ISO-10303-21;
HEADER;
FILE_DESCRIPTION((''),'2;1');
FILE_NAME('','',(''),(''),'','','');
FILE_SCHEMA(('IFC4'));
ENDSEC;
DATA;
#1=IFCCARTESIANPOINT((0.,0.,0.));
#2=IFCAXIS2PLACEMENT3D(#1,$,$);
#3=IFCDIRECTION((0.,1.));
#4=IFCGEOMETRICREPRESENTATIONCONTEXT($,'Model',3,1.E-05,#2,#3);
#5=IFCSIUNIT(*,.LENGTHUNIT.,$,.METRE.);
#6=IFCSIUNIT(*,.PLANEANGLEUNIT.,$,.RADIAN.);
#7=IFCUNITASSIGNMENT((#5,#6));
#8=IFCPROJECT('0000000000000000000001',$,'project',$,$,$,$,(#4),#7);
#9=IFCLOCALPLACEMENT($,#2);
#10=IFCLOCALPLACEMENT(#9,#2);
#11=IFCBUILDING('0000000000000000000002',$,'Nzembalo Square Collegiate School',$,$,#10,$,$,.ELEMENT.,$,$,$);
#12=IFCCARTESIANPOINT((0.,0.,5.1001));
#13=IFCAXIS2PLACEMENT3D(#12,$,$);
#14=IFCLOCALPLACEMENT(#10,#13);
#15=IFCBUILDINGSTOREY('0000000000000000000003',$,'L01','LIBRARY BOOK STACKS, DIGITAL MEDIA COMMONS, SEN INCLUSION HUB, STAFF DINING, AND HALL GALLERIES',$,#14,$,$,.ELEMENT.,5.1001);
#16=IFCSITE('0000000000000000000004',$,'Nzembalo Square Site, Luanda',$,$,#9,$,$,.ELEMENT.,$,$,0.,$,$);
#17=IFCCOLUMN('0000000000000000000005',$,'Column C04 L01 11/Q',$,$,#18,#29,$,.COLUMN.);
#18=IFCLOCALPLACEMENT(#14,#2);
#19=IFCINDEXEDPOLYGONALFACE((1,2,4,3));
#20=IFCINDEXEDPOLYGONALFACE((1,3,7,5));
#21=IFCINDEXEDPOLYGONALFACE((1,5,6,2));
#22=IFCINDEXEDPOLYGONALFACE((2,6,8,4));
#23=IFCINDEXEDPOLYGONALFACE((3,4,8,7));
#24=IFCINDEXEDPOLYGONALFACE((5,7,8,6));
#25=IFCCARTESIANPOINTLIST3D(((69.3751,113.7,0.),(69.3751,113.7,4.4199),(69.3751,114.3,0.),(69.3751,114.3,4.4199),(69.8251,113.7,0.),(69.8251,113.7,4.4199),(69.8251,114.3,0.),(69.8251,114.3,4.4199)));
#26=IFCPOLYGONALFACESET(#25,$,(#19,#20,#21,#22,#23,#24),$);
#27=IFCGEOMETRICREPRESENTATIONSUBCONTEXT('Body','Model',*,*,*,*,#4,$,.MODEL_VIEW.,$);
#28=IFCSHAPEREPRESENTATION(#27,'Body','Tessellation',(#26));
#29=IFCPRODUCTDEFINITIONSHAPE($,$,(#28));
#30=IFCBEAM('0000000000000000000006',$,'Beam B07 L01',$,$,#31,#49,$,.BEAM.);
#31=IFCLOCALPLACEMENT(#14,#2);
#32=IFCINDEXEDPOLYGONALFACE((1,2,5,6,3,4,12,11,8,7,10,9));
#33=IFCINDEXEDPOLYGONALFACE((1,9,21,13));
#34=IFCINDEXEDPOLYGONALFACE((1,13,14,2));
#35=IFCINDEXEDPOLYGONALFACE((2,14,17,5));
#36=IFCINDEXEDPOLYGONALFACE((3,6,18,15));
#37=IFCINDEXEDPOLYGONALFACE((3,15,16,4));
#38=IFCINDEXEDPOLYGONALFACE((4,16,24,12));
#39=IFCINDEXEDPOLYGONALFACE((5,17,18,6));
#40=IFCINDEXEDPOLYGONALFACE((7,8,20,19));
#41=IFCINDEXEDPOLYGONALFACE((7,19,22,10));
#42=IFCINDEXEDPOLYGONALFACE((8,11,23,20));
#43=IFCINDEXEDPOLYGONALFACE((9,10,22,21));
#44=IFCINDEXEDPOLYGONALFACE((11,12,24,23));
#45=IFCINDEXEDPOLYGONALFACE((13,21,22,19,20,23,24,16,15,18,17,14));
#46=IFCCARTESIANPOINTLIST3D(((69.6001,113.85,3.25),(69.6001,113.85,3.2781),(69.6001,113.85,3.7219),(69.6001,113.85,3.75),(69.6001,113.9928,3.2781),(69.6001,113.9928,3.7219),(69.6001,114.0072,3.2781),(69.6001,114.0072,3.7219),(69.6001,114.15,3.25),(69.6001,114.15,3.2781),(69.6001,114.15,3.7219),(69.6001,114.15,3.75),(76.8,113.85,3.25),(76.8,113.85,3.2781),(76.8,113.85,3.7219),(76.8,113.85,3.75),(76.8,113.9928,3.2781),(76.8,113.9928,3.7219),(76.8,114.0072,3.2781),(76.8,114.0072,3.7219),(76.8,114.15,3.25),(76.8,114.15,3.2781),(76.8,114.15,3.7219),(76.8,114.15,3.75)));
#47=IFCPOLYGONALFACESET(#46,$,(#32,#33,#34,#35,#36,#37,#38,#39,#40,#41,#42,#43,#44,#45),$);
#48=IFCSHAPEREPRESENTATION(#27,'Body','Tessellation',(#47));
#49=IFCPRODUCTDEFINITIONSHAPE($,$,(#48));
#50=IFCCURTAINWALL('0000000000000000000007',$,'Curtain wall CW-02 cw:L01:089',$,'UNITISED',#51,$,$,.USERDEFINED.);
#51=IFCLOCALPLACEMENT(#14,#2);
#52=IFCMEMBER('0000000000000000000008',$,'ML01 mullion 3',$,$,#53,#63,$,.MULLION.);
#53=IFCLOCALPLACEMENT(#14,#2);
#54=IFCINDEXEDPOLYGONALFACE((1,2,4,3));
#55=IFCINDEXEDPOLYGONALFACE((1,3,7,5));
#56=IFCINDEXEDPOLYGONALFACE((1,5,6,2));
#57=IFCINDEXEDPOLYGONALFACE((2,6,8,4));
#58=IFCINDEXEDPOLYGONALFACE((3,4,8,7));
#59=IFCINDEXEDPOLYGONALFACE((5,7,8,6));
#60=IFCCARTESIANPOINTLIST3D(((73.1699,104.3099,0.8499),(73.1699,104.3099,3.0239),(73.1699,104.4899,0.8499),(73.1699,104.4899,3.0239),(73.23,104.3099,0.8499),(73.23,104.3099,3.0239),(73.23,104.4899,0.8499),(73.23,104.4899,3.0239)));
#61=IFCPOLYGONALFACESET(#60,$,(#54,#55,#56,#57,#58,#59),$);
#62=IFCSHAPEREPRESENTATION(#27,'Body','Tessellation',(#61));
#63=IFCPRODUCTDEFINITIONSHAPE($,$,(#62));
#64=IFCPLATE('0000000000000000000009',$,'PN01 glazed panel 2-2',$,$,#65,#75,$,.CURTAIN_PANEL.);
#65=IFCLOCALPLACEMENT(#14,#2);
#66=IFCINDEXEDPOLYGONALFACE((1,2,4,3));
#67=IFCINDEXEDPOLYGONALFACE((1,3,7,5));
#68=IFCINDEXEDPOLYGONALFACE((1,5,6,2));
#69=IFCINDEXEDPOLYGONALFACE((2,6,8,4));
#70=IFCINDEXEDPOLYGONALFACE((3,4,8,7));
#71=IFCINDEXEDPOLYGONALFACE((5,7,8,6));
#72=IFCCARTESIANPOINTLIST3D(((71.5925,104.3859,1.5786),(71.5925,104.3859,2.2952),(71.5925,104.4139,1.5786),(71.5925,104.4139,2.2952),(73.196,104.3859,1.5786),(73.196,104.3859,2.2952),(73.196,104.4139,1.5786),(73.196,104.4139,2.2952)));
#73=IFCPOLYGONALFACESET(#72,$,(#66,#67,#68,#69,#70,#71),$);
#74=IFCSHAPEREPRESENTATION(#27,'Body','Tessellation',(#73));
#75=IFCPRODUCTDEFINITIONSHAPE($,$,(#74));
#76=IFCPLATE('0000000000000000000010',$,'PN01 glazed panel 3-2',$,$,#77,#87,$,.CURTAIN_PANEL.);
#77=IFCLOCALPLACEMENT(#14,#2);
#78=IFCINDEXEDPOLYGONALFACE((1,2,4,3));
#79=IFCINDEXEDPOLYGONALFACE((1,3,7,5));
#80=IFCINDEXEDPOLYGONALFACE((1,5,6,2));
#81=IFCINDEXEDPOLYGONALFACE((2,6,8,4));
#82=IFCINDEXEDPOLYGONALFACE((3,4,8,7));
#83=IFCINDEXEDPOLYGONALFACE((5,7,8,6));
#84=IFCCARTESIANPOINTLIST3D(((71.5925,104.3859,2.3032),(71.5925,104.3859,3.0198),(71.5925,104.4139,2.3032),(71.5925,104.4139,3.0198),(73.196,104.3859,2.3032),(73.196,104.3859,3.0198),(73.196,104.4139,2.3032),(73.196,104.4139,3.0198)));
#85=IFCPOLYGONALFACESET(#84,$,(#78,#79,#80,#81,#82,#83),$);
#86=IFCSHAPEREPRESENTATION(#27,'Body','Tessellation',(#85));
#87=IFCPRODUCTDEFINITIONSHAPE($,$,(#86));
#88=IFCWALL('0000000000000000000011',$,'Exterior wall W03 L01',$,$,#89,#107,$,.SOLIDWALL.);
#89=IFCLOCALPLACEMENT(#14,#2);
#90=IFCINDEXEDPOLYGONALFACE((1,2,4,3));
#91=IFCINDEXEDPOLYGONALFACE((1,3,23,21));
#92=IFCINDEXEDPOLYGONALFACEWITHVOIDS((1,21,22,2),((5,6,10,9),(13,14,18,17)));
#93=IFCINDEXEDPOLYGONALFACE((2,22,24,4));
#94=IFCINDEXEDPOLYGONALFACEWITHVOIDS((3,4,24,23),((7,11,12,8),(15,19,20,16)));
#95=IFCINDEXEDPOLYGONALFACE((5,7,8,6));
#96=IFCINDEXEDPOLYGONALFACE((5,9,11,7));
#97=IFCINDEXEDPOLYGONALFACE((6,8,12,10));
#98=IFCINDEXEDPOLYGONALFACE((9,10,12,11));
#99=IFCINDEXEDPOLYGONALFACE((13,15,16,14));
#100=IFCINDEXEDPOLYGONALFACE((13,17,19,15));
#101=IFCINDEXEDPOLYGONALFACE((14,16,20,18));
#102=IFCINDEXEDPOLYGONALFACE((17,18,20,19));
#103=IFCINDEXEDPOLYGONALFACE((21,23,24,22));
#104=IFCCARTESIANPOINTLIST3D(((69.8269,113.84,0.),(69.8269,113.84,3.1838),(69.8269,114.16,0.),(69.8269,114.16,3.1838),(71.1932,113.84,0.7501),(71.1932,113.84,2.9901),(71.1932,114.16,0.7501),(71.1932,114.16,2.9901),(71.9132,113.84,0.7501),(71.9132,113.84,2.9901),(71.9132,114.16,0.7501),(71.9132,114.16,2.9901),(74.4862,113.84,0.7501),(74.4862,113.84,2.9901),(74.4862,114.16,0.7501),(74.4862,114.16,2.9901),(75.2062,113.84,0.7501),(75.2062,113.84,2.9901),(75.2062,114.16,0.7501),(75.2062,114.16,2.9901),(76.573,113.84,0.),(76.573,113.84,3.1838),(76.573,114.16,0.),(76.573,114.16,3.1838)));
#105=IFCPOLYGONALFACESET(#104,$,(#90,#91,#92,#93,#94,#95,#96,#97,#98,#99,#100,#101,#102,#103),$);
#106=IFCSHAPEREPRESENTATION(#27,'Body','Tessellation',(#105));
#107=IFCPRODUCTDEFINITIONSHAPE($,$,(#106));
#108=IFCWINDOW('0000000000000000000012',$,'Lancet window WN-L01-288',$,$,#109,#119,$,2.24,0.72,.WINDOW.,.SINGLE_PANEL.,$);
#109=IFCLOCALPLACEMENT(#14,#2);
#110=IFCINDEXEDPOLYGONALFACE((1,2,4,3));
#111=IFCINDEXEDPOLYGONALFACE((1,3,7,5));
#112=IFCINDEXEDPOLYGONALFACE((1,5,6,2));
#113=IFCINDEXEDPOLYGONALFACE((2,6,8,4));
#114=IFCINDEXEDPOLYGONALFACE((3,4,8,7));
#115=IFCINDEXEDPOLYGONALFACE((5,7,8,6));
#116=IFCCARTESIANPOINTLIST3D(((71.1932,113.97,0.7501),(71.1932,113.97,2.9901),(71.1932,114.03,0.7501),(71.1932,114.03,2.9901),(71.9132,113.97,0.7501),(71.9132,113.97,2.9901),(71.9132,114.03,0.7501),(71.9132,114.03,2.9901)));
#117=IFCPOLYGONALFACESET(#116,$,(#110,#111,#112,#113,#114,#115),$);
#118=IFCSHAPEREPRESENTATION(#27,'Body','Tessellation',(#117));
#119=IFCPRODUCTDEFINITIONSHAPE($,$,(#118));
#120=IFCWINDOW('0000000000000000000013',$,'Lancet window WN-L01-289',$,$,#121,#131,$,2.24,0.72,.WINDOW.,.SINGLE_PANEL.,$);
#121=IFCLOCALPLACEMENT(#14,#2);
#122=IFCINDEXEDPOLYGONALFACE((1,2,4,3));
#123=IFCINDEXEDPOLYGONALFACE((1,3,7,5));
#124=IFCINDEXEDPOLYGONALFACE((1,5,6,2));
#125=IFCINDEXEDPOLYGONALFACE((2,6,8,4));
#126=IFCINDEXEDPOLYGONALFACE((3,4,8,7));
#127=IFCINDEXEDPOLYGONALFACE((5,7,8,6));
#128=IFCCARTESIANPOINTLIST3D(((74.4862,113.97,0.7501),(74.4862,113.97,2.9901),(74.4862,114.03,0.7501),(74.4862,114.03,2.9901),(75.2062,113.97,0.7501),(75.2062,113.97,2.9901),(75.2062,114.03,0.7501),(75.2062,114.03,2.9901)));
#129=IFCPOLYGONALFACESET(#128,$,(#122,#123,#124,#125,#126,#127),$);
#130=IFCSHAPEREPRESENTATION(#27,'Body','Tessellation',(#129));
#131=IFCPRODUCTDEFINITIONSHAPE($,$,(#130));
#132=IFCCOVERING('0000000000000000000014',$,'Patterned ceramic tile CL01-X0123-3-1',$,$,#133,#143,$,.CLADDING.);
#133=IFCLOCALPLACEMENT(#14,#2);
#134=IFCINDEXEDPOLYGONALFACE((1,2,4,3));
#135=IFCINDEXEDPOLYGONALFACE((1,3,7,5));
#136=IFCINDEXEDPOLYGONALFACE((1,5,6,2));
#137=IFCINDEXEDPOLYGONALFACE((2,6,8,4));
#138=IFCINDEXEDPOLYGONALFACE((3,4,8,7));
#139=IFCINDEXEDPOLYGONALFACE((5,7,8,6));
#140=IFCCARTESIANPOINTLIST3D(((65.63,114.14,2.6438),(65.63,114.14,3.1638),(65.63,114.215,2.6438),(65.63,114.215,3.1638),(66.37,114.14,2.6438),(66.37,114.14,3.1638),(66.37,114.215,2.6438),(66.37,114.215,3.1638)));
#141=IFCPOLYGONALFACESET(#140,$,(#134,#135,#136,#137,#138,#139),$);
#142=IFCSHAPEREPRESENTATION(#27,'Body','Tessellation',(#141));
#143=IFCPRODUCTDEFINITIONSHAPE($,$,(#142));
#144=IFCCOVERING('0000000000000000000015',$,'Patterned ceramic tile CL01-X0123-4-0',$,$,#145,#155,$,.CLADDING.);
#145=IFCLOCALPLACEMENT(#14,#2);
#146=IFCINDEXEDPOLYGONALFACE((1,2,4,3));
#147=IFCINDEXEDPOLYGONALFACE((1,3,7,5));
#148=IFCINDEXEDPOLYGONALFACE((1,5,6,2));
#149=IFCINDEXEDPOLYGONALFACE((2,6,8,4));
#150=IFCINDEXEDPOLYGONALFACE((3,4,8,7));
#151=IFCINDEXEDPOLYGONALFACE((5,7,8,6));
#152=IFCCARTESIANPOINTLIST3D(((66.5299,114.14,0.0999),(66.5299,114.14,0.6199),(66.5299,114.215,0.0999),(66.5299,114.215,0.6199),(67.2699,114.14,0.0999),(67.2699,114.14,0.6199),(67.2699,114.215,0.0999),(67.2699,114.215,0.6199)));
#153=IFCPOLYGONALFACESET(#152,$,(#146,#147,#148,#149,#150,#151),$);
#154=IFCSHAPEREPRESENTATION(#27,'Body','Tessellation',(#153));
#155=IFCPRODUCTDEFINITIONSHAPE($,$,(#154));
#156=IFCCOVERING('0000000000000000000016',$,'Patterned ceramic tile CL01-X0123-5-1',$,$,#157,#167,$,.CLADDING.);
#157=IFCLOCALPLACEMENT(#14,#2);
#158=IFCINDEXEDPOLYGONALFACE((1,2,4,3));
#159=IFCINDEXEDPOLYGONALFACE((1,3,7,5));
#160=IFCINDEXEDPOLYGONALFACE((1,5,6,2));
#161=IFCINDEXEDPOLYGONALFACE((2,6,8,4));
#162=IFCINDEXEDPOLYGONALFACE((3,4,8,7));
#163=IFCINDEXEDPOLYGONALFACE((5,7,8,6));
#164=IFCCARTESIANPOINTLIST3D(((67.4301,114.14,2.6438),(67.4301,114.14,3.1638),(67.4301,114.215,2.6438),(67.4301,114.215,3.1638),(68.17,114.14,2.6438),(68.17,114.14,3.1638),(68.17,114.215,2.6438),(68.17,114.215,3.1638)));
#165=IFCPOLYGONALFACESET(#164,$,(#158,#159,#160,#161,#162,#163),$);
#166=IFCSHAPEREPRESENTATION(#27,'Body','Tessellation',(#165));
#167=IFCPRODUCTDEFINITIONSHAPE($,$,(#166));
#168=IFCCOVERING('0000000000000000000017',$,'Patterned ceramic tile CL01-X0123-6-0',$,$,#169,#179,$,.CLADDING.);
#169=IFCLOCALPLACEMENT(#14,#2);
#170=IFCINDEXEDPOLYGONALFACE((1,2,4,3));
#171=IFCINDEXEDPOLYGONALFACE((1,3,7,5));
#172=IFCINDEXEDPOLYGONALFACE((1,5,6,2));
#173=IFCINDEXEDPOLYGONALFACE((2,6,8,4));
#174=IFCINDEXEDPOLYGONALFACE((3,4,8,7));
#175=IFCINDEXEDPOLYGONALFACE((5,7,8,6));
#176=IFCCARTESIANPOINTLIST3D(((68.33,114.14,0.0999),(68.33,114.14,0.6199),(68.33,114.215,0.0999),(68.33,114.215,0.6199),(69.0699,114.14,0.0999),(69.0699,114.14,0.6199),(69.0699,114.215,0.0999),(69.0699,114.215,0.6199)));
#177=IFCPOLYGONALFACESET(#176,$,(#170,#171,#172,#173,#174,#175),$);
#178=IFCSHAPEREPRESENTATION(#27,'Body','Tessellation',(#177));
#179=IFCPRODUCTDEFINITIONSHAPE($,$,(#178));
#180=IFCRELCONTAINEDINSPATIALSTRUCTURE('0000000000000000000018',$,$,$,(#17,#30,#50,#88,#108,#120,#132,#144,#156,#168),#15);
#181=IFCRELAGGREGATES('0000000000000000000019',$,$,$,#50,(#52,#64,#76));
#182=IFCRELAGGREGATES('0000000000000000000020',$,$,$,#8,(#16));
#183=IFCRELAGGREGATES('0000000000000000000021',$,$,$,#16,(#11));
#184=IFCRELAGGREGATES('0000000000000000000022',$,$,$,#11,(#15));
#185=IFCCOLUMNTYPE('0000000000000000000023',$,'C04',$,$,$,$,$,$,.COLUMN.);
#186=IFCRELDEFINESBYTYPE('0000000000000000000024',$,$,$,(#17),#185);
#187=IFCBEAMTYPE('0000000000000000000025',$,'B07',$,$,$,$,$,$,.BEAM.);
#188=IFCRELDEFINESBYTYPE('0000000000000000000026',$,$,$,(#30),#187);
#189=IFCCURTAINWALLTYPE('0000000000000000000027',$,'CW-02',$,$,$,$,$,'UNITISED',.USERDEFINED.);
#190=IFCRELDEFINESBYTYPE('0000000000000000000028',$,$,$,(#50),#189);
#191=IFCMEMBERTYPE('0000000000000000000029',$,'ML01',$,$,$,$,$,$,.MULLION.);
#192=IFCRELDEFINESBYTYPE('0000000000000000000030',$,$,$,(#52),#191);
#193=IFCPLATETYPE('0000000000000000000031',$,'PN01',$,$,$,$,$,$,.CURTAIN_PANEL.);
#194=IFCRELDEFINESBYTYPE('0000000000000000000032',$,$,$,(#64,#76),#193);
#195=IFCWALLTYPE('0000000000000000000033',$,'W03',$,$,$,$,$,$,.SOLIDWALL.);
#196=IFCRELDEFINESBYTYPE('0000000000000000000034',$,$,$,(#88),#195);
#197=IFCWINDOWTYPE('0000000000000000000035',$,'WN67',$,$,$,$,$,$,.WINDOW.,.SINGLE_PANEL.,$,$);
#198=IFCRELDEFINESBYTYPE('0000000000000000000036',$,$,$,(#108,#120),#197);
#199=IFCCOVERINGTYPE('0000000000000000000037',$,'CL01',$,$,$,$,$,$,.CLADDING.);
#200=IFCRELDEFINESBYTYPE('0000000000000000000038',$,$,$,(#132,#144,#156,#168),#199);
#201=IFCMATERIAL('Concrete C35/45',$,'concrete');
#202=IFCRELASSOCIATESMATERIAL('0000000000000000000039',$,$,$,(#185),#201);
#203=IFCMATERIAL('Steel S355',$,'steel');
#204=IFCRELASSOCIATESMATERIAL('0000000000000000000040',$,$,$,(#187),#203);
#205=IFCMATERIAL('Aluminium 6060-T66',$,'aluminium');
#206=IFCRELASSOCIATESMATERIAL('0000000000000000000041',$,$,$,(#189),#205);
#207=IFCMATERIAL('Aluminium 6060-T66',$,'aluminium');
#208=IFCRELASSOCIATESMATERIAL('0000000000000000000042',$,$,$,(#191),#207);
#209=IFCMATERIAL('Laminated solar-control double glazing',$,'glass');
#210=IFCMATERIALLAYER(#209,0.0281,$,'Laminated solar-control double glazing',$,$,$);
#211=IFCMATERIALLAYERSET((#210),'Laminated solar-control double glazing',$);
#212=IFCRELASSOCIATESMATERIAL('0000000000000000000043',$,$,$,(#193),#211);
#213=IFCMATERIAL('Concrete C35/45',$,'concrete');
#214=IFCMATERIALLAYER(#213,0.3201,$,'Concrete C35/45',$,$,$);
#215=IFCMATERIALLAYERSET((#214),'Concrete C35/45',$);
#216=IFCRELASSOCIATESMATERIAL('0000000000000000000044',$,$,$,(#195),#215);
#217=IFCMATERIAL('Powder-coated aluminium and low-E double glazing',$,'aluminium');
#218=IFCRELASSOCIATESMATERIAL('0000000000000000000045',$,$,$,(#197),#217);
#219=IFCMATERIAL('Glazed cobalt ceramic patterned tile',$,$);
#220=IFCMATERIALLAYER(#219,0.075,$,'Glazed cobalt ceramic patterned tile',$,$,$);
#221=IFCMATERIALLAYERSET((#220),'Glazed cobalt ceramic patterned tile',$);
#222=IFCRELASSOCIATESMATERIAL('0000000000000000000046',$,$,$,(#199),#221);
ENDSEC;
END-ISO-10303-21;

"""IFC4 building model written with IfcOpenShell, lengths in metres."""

from ifc_helpers import new_model, si_unit, direction, frame, frame_2d, origin, origin_2d, place, context, subcontext, project, spatial, rectangle, i_section, extrude, material, layer, layer_set, material_profile, profile_set, type_object, element, fill, aggregate, save


model = new_model("IFC4")

# Units and contexts
model_context = context("Model", 3, precision=1e-05, world=origin(), true_north=direction((0.0, 1.0)))
body_context = subcontext(model_context, "Body", "Model", "MODEL_VIEW")
ifc_project = project(units=[si_unit("LENGTHUNIT", "METRE"), si_unit("PLANEANGLEUNIT", "RADIAN")], contexts=[model_context])

# Site, building, storey
site_placement = place(None, origin())
site = spatial("IfcSite", under=ifc_project, at=site_placement, Name="Nzembalo Square Site, Luanda", CompositionType="ELEMENT", RefElevation=0.0)
building_placement = place(site_placement, origin())
building = spatial("IfcBuilding", under=site, at=building_placement, Name="Nzembalo Square Collegiate School", CompositionType="ELEMENT")
storey_placement = place(building_placement, frame((0.0, 0.0, 5.1001)))
storey = spatial("IfcBuildingStorey", under=building, at=storey_placement, Name="L01", Description="LIBRARY BOOK STACKS, DIGITAL MEDIA COMMONS, SEN INCLUSION HUB, STAFF DINING, AND HALL GALLERIES", CompositionType="ELEMENT", Elevation=5.1001)

# Column
ifc_material_1 = material(Name="Concrete C35/45", Category="concrete")
ifc_material_profile_1 = material_profile(ifc_material_1, rectangle(XDim=0.45, YDim=0.6001, at=origin_2d()), Name="RC 450x600")
ifc_profile_set_1 = profile_set([ifc_material_profile_1], Name="Concrete C35/45")
column_type = type_object("IfcColumnType", Name="C04", PredefinedType="COLUMN", material=ifc_profile_set_1)
column_placement = place(storey_placement, frame((69.6001, 114.0, 0.0), z_axis=(0.0, 0.0, 1.0), x_axis=(1.0, 0.0, 0.0)))
element("IfcColumn", 1, at=column_placement, inside=storey, type_object=column_type, Name="Column C04 L01 11/Q", PredefinedType="COLUMN", context=body_context, shape_type="SweptSolid", body=[
    extrude(rectangle(XDim=0.45, YDim=0.6001, at=origin_2d()), origin(), (0.0, 0.0, 1.0), 4.4199),
])

# Beam
ifc_material_2 = material(Name="Steel S355", Category="steel")
ifc_material_profile_2 = material_profile(ifc_material_2, i_section(OverallWidth=0.3, OverallDepth=0.5, WebThickness=0.0144, FlangeThickness=0.0281, at=origin_2d()), Name="HEB 500")
ifc_profile_set_2 = profile_set([ifc_material_profile_2], Name="Steel S355")
beam_type = type_object("IfcBeamType", Name="B07", PredefinedType="BEAM", material=ifc_profile_set_2)
beam_placement = place(storey_placement, frame((69.6001, 114.0, 3.5), z_axis=(1.0, 0.0, 0.0), x_axis=(0.0, 1.0, 0.0)))
element("IfcBeam", 2, at=beam_placement, inside=storey, type_object=beam_type, Name="Beam B07 L01", PredefinedType="BEAM", context=body_context, shape_type="SweptSolid", body=[
    extrude(i_section(OverallWidth=0.3, OverallDepth=0.5, WebThickness=0.0144, FlangeThickness=0.0281, at=origin_2d()), origin(), (0.0, 0.0, 1.0), 7.2),
])

# Curtain wall, member, plates
ifc_material_3 = material(Name="Aluminium 6060-T66", Category="aluminium")
curtain_wall_type = type_object("IfcCurtainWallType", Name="CW-02", ElementType="UNITISED", PredefinedType="USERDEFINED", material=ifc_material_3)
curtain_wall_placement = place(storey_placement, origin())
curtain_wall = element("IfcCurtainWall", 3, at=curtain_wall_placement, inside=storey, type_object=curtain_wall_type, Name="Curtain wall CW-02 cw:L01:089", ObjectType="UNITISED", PredefinedType="USERDEFINED")
ifc_material_4 = material(Name="Aluminium 6060-T66", Category="aluminium")
ifc_material_profile_3 = material_profile(ifc_material_4, rectangle(XDim=0.0601, YDim=0.1799, at=origin_2d()), Name="ALU M60x180")
ifc_profile_set_3 = profile_set([ifc_material_profile_3], Name="Aluminium 6060-T66")
member_type = type_object("IfcMemberType", Name="ML01", PredefinedType="MULLION", material=ifc_profile_set_3)
member_placement = place(storey_placement, frame((73.2, 104.3999, 0.8499), z_axis=(0.0, 0.0, 1.0), x_axis=(1.0, 0.0, 0.0)))
member = element("IfcMember", 4, at=member_placement, type_object=member_type, Name="ML01 mullion 3", PredefinedType="MULLION", context=body_context, shape_type="SweptSolid", body=[
    extrude(rectangle(XDim=0.0601, YDim=0.1799, at=origin_2d()), origin(), (0.0, 0.0, 1.0), 2.1741),
])
ifc_material_5 = material(Name="Laminated solar-control double glazing", Category="glass")
ifc_layer_1 = layer(ifc_material_5, 0.0281, Name="Laminated solar-control double glazing")
ifc_layer_set_1 = layer_set([ifc_layer_1], Name="Laminated solar-control double glazing")
plate_type = type_object("IfcPlateType", Name="PN01", PredefinedType="CURTAIN_PANEL", material=ifc_layer_set_1)
plate_1_placement = place(storey_placement, frame((72.3943, 104.3999, 1.5786), z_axis=(0.0, 0.0, 1.0), x_axis=(1.0, 0.0, 0.0)))
plate_1 = element("IfcPlate", 5, at=plate_1_placement, type_object=plate_type, Name="PN01 glazed panel 2-2", PredefinedType="CURTAIN_PANEL", context=body_context, shape_type="SweptSolid", body=[
    extrude(rectangle(XDim=1.6035, YDim=0.0281, at=origin_2d()), origin(), (0.0, 0.0, 1.0), 0.7166),
])
plate_2_placement = place(storey_placement, frame((72.3943, 104.3999, 2.3032), z_axis=(0.0, 0.0, 1.0), x_axis=(1.0, 0.0, 0.0)))
plate_2 = element("IfcPlate", 6, at=plate_2_placement, type_object=plate_type, Name="PN01 glazed panel 3-2", PredefinedType="CURTAIN_PANEL", context=body_context, shape_type="SweptSolid", body=[
    extrude(rectangle(XDim=1.6035, YDim=0.0281, at=origin_2d()), origin(), (0.0, 0.0, 1.0), 0.7166),
])
aggregate(curtain_wall, [member, plate_1, plate_2])

# Wall, openings, windows
ifc_material_6 = material(Name="Concrete C35/45", Category="concrete")
ifc_layer_2 = layer(ifc_material_6, 0.3201, Name="Concrete C35/45")
ifc_layer_set_2 = layer_set([ifc_layer_2], Name="Concrete C35/45")
wall_type = type_object("IfcWallType", Name="W03", PredefinedType="SOLIDWALL", material=ifc_layer_set_2)
wall_placement = place(storey_placement, frame((69.8269, 114.0, 0.0), z_axis=(0.0, 0.0, 1.0), x_axis=(1.0, 0.0, 0.0)))
wall = element("IfcWall", 7, at=wall_placement, inside=storey, type_object=wall_type, Name="Exterior wall W03 L01", PredefinedType="SOLIDWALL", context=body_context, shape_type="SweptSolid", body=[
    extrude(rectangle(XDim=6.7461, YDim=0.3201, at=frame_2d((3.373, 0.0))), origin(), (0.0, 0.0, 1.0), 3.1838),
])
opening_1_placement = place(wall_placement, frame((1.3665, 0.0, 0.75)))
opening_1 = element("IfcOpeningElement", 8, at=opening_1_placement, cuts=wall, PredefinedType="OPENING", context=body_context, shape_type="SweptSolid", body=[
    extrude(rectangle(XDim=0.72, YDim=2.24, at=frame_2d((0.3599, 1.1201))), frame((0.0, 0.1699, 0.0), z_axis=(0.0, -1.0, 0.0), x_axis=(1.0, 0.0, 0.0)), (0.0, 0.0, 1.0), 0.3401),
])
opening_2_placement = place(wall_placement, frame((4.6594, 0.0, 0.75)))
opening_2 = element("IfcOpeningElement", 9, at=opening_2_placement, cuts=wall, PredefinedType="OPENING", context=body_context, shape_type="SweptSolid", body=[
    extrude(rectangle(XDim=0.72, YDim=2.24, at=frame_2d((0.3599, 1.1201))), frame((0.0, 0.1699, 0.0), z_axis=(0.0, -1.0, 0.0), x_axis=(1.0, 0.0, 0.0)), (0.0, 0.0, 1.0), 0.3401),
])
ifc_material_7 = material(Name="Powder-coated aluminium and low-E double glazing", Category="aluminium")
window_type = type_object("IfcWindowType", Name="WN67", PartitioningType="SINGLE_PANEL", PredefinedType="WINDOW", material=ifc_material_7)
window_1_placement = place(opening_1_placement, origin())
window_1 = element("IfcWindow", 10, at=window_1_placement, inside=storey, type_object=window_type, Name="Lancet window WN-L01-288", OverallHeight=2.24, OverallWidth=0.72, PartitioningType="SINGLE_PANEL", PredefinedType="WINDOW", context=body_context, shape_type="SweptSolid", body=[
    extrude(rectangle(XDim=0.72, YDim=2.24, at=frame_2d((0.3599, 1.1201))), frame((0.0, 0.03, 0.0), z_axis=(0.0, -1.0, 0.0), x_axis=(1.0, 0.0, 0.0)), (0.0, 0.0, 1.0), 0.0601),
])
fill(opening_1, window_1)
window_2_placement = place(opening_2_placement, origin())
window_2 = element("IfcWindow", 11, at=window_2_placement, inside=storey, type_object=window_type, Name="Lancet window WN-L01-289", OverallHeight=2.24, OverallWidth=0.72, PartitioningType="SINGLE_PANEL", PredefinedType="WINDOW", context=body_context, shape_type="SweptSolid", body=[
    extrude(rectangle(XDim=0.72, YDim=2.24, at=frame_2d((0.3599, 1.1201))), frame((0.0, 0.03, 0.0), z_axis=(0.0, -1.0, 0.0), x_axis=(1.0, 0.0, 0.0)), (0.0, 0.0, 1.0), 0.0601),
])
fill(opening_2, window_2)

# Coverings
ifc_material_8 = material(Name="Glazed cobalt ceramic patterned tile")
ifc_layer_3 = layer(ifc_material_8, 0.075, Name="Glazed cobalt ceramic patterned tile")
ifc_layer_set_3 = layer_set([ifc_layer_3], Name="Glazed cobalt ceramic patterned tile")
covering_type_1 = type_object("IfcCoveringType", Name="CL01", PredefinedType="CLADDING", material=ifc_layer_set_3)
for number, where, z_axis, x_axis, name in (
    (12, (66.0, 114.1775, 2.6438), (0.0, 0.0, 1.0), (1.0, 0.0, 0.0), "Patterned ceramic tile CL01-X0123-3-1"),
    (13, (66.8999, 114.1775, 0.0999), (0.0, 0.0, 1.0), (1.0, 0.0, 0.0), "Patterned ceramic tile CL01-X0123-4-0"),
    (14, (67.8, 114.1775, 2.6438), (0.0, 0.0, 1.0), (1.0, 0.0, 0.0), "Patterned ceramic tile CL01-X0123-5-1"),
    (15, (68.7, 114.1775, 0.0999), (0.0, 0.0, 1.0), (1.0, 0.0, 0.0), "Patterned ceramic tile CL01-X0123-6-0"),
):
    element("IfcCovering", number, at=place(storey_placement, frame(where, z_axis=z_axis, x_axis=x_axis)), inside=storey, type_object=covering_type_1, Name=name, PredefinedType="CLADDING", context=body_context, shape_type="SweptSolid", body=[
        extrude(rectangle(XDim=0.74, YDim=0.075, at=origin_2d()), origin(), (0.0, 0.0, 1.0), 0.52),
    ])

save(model, "model.ifc")
